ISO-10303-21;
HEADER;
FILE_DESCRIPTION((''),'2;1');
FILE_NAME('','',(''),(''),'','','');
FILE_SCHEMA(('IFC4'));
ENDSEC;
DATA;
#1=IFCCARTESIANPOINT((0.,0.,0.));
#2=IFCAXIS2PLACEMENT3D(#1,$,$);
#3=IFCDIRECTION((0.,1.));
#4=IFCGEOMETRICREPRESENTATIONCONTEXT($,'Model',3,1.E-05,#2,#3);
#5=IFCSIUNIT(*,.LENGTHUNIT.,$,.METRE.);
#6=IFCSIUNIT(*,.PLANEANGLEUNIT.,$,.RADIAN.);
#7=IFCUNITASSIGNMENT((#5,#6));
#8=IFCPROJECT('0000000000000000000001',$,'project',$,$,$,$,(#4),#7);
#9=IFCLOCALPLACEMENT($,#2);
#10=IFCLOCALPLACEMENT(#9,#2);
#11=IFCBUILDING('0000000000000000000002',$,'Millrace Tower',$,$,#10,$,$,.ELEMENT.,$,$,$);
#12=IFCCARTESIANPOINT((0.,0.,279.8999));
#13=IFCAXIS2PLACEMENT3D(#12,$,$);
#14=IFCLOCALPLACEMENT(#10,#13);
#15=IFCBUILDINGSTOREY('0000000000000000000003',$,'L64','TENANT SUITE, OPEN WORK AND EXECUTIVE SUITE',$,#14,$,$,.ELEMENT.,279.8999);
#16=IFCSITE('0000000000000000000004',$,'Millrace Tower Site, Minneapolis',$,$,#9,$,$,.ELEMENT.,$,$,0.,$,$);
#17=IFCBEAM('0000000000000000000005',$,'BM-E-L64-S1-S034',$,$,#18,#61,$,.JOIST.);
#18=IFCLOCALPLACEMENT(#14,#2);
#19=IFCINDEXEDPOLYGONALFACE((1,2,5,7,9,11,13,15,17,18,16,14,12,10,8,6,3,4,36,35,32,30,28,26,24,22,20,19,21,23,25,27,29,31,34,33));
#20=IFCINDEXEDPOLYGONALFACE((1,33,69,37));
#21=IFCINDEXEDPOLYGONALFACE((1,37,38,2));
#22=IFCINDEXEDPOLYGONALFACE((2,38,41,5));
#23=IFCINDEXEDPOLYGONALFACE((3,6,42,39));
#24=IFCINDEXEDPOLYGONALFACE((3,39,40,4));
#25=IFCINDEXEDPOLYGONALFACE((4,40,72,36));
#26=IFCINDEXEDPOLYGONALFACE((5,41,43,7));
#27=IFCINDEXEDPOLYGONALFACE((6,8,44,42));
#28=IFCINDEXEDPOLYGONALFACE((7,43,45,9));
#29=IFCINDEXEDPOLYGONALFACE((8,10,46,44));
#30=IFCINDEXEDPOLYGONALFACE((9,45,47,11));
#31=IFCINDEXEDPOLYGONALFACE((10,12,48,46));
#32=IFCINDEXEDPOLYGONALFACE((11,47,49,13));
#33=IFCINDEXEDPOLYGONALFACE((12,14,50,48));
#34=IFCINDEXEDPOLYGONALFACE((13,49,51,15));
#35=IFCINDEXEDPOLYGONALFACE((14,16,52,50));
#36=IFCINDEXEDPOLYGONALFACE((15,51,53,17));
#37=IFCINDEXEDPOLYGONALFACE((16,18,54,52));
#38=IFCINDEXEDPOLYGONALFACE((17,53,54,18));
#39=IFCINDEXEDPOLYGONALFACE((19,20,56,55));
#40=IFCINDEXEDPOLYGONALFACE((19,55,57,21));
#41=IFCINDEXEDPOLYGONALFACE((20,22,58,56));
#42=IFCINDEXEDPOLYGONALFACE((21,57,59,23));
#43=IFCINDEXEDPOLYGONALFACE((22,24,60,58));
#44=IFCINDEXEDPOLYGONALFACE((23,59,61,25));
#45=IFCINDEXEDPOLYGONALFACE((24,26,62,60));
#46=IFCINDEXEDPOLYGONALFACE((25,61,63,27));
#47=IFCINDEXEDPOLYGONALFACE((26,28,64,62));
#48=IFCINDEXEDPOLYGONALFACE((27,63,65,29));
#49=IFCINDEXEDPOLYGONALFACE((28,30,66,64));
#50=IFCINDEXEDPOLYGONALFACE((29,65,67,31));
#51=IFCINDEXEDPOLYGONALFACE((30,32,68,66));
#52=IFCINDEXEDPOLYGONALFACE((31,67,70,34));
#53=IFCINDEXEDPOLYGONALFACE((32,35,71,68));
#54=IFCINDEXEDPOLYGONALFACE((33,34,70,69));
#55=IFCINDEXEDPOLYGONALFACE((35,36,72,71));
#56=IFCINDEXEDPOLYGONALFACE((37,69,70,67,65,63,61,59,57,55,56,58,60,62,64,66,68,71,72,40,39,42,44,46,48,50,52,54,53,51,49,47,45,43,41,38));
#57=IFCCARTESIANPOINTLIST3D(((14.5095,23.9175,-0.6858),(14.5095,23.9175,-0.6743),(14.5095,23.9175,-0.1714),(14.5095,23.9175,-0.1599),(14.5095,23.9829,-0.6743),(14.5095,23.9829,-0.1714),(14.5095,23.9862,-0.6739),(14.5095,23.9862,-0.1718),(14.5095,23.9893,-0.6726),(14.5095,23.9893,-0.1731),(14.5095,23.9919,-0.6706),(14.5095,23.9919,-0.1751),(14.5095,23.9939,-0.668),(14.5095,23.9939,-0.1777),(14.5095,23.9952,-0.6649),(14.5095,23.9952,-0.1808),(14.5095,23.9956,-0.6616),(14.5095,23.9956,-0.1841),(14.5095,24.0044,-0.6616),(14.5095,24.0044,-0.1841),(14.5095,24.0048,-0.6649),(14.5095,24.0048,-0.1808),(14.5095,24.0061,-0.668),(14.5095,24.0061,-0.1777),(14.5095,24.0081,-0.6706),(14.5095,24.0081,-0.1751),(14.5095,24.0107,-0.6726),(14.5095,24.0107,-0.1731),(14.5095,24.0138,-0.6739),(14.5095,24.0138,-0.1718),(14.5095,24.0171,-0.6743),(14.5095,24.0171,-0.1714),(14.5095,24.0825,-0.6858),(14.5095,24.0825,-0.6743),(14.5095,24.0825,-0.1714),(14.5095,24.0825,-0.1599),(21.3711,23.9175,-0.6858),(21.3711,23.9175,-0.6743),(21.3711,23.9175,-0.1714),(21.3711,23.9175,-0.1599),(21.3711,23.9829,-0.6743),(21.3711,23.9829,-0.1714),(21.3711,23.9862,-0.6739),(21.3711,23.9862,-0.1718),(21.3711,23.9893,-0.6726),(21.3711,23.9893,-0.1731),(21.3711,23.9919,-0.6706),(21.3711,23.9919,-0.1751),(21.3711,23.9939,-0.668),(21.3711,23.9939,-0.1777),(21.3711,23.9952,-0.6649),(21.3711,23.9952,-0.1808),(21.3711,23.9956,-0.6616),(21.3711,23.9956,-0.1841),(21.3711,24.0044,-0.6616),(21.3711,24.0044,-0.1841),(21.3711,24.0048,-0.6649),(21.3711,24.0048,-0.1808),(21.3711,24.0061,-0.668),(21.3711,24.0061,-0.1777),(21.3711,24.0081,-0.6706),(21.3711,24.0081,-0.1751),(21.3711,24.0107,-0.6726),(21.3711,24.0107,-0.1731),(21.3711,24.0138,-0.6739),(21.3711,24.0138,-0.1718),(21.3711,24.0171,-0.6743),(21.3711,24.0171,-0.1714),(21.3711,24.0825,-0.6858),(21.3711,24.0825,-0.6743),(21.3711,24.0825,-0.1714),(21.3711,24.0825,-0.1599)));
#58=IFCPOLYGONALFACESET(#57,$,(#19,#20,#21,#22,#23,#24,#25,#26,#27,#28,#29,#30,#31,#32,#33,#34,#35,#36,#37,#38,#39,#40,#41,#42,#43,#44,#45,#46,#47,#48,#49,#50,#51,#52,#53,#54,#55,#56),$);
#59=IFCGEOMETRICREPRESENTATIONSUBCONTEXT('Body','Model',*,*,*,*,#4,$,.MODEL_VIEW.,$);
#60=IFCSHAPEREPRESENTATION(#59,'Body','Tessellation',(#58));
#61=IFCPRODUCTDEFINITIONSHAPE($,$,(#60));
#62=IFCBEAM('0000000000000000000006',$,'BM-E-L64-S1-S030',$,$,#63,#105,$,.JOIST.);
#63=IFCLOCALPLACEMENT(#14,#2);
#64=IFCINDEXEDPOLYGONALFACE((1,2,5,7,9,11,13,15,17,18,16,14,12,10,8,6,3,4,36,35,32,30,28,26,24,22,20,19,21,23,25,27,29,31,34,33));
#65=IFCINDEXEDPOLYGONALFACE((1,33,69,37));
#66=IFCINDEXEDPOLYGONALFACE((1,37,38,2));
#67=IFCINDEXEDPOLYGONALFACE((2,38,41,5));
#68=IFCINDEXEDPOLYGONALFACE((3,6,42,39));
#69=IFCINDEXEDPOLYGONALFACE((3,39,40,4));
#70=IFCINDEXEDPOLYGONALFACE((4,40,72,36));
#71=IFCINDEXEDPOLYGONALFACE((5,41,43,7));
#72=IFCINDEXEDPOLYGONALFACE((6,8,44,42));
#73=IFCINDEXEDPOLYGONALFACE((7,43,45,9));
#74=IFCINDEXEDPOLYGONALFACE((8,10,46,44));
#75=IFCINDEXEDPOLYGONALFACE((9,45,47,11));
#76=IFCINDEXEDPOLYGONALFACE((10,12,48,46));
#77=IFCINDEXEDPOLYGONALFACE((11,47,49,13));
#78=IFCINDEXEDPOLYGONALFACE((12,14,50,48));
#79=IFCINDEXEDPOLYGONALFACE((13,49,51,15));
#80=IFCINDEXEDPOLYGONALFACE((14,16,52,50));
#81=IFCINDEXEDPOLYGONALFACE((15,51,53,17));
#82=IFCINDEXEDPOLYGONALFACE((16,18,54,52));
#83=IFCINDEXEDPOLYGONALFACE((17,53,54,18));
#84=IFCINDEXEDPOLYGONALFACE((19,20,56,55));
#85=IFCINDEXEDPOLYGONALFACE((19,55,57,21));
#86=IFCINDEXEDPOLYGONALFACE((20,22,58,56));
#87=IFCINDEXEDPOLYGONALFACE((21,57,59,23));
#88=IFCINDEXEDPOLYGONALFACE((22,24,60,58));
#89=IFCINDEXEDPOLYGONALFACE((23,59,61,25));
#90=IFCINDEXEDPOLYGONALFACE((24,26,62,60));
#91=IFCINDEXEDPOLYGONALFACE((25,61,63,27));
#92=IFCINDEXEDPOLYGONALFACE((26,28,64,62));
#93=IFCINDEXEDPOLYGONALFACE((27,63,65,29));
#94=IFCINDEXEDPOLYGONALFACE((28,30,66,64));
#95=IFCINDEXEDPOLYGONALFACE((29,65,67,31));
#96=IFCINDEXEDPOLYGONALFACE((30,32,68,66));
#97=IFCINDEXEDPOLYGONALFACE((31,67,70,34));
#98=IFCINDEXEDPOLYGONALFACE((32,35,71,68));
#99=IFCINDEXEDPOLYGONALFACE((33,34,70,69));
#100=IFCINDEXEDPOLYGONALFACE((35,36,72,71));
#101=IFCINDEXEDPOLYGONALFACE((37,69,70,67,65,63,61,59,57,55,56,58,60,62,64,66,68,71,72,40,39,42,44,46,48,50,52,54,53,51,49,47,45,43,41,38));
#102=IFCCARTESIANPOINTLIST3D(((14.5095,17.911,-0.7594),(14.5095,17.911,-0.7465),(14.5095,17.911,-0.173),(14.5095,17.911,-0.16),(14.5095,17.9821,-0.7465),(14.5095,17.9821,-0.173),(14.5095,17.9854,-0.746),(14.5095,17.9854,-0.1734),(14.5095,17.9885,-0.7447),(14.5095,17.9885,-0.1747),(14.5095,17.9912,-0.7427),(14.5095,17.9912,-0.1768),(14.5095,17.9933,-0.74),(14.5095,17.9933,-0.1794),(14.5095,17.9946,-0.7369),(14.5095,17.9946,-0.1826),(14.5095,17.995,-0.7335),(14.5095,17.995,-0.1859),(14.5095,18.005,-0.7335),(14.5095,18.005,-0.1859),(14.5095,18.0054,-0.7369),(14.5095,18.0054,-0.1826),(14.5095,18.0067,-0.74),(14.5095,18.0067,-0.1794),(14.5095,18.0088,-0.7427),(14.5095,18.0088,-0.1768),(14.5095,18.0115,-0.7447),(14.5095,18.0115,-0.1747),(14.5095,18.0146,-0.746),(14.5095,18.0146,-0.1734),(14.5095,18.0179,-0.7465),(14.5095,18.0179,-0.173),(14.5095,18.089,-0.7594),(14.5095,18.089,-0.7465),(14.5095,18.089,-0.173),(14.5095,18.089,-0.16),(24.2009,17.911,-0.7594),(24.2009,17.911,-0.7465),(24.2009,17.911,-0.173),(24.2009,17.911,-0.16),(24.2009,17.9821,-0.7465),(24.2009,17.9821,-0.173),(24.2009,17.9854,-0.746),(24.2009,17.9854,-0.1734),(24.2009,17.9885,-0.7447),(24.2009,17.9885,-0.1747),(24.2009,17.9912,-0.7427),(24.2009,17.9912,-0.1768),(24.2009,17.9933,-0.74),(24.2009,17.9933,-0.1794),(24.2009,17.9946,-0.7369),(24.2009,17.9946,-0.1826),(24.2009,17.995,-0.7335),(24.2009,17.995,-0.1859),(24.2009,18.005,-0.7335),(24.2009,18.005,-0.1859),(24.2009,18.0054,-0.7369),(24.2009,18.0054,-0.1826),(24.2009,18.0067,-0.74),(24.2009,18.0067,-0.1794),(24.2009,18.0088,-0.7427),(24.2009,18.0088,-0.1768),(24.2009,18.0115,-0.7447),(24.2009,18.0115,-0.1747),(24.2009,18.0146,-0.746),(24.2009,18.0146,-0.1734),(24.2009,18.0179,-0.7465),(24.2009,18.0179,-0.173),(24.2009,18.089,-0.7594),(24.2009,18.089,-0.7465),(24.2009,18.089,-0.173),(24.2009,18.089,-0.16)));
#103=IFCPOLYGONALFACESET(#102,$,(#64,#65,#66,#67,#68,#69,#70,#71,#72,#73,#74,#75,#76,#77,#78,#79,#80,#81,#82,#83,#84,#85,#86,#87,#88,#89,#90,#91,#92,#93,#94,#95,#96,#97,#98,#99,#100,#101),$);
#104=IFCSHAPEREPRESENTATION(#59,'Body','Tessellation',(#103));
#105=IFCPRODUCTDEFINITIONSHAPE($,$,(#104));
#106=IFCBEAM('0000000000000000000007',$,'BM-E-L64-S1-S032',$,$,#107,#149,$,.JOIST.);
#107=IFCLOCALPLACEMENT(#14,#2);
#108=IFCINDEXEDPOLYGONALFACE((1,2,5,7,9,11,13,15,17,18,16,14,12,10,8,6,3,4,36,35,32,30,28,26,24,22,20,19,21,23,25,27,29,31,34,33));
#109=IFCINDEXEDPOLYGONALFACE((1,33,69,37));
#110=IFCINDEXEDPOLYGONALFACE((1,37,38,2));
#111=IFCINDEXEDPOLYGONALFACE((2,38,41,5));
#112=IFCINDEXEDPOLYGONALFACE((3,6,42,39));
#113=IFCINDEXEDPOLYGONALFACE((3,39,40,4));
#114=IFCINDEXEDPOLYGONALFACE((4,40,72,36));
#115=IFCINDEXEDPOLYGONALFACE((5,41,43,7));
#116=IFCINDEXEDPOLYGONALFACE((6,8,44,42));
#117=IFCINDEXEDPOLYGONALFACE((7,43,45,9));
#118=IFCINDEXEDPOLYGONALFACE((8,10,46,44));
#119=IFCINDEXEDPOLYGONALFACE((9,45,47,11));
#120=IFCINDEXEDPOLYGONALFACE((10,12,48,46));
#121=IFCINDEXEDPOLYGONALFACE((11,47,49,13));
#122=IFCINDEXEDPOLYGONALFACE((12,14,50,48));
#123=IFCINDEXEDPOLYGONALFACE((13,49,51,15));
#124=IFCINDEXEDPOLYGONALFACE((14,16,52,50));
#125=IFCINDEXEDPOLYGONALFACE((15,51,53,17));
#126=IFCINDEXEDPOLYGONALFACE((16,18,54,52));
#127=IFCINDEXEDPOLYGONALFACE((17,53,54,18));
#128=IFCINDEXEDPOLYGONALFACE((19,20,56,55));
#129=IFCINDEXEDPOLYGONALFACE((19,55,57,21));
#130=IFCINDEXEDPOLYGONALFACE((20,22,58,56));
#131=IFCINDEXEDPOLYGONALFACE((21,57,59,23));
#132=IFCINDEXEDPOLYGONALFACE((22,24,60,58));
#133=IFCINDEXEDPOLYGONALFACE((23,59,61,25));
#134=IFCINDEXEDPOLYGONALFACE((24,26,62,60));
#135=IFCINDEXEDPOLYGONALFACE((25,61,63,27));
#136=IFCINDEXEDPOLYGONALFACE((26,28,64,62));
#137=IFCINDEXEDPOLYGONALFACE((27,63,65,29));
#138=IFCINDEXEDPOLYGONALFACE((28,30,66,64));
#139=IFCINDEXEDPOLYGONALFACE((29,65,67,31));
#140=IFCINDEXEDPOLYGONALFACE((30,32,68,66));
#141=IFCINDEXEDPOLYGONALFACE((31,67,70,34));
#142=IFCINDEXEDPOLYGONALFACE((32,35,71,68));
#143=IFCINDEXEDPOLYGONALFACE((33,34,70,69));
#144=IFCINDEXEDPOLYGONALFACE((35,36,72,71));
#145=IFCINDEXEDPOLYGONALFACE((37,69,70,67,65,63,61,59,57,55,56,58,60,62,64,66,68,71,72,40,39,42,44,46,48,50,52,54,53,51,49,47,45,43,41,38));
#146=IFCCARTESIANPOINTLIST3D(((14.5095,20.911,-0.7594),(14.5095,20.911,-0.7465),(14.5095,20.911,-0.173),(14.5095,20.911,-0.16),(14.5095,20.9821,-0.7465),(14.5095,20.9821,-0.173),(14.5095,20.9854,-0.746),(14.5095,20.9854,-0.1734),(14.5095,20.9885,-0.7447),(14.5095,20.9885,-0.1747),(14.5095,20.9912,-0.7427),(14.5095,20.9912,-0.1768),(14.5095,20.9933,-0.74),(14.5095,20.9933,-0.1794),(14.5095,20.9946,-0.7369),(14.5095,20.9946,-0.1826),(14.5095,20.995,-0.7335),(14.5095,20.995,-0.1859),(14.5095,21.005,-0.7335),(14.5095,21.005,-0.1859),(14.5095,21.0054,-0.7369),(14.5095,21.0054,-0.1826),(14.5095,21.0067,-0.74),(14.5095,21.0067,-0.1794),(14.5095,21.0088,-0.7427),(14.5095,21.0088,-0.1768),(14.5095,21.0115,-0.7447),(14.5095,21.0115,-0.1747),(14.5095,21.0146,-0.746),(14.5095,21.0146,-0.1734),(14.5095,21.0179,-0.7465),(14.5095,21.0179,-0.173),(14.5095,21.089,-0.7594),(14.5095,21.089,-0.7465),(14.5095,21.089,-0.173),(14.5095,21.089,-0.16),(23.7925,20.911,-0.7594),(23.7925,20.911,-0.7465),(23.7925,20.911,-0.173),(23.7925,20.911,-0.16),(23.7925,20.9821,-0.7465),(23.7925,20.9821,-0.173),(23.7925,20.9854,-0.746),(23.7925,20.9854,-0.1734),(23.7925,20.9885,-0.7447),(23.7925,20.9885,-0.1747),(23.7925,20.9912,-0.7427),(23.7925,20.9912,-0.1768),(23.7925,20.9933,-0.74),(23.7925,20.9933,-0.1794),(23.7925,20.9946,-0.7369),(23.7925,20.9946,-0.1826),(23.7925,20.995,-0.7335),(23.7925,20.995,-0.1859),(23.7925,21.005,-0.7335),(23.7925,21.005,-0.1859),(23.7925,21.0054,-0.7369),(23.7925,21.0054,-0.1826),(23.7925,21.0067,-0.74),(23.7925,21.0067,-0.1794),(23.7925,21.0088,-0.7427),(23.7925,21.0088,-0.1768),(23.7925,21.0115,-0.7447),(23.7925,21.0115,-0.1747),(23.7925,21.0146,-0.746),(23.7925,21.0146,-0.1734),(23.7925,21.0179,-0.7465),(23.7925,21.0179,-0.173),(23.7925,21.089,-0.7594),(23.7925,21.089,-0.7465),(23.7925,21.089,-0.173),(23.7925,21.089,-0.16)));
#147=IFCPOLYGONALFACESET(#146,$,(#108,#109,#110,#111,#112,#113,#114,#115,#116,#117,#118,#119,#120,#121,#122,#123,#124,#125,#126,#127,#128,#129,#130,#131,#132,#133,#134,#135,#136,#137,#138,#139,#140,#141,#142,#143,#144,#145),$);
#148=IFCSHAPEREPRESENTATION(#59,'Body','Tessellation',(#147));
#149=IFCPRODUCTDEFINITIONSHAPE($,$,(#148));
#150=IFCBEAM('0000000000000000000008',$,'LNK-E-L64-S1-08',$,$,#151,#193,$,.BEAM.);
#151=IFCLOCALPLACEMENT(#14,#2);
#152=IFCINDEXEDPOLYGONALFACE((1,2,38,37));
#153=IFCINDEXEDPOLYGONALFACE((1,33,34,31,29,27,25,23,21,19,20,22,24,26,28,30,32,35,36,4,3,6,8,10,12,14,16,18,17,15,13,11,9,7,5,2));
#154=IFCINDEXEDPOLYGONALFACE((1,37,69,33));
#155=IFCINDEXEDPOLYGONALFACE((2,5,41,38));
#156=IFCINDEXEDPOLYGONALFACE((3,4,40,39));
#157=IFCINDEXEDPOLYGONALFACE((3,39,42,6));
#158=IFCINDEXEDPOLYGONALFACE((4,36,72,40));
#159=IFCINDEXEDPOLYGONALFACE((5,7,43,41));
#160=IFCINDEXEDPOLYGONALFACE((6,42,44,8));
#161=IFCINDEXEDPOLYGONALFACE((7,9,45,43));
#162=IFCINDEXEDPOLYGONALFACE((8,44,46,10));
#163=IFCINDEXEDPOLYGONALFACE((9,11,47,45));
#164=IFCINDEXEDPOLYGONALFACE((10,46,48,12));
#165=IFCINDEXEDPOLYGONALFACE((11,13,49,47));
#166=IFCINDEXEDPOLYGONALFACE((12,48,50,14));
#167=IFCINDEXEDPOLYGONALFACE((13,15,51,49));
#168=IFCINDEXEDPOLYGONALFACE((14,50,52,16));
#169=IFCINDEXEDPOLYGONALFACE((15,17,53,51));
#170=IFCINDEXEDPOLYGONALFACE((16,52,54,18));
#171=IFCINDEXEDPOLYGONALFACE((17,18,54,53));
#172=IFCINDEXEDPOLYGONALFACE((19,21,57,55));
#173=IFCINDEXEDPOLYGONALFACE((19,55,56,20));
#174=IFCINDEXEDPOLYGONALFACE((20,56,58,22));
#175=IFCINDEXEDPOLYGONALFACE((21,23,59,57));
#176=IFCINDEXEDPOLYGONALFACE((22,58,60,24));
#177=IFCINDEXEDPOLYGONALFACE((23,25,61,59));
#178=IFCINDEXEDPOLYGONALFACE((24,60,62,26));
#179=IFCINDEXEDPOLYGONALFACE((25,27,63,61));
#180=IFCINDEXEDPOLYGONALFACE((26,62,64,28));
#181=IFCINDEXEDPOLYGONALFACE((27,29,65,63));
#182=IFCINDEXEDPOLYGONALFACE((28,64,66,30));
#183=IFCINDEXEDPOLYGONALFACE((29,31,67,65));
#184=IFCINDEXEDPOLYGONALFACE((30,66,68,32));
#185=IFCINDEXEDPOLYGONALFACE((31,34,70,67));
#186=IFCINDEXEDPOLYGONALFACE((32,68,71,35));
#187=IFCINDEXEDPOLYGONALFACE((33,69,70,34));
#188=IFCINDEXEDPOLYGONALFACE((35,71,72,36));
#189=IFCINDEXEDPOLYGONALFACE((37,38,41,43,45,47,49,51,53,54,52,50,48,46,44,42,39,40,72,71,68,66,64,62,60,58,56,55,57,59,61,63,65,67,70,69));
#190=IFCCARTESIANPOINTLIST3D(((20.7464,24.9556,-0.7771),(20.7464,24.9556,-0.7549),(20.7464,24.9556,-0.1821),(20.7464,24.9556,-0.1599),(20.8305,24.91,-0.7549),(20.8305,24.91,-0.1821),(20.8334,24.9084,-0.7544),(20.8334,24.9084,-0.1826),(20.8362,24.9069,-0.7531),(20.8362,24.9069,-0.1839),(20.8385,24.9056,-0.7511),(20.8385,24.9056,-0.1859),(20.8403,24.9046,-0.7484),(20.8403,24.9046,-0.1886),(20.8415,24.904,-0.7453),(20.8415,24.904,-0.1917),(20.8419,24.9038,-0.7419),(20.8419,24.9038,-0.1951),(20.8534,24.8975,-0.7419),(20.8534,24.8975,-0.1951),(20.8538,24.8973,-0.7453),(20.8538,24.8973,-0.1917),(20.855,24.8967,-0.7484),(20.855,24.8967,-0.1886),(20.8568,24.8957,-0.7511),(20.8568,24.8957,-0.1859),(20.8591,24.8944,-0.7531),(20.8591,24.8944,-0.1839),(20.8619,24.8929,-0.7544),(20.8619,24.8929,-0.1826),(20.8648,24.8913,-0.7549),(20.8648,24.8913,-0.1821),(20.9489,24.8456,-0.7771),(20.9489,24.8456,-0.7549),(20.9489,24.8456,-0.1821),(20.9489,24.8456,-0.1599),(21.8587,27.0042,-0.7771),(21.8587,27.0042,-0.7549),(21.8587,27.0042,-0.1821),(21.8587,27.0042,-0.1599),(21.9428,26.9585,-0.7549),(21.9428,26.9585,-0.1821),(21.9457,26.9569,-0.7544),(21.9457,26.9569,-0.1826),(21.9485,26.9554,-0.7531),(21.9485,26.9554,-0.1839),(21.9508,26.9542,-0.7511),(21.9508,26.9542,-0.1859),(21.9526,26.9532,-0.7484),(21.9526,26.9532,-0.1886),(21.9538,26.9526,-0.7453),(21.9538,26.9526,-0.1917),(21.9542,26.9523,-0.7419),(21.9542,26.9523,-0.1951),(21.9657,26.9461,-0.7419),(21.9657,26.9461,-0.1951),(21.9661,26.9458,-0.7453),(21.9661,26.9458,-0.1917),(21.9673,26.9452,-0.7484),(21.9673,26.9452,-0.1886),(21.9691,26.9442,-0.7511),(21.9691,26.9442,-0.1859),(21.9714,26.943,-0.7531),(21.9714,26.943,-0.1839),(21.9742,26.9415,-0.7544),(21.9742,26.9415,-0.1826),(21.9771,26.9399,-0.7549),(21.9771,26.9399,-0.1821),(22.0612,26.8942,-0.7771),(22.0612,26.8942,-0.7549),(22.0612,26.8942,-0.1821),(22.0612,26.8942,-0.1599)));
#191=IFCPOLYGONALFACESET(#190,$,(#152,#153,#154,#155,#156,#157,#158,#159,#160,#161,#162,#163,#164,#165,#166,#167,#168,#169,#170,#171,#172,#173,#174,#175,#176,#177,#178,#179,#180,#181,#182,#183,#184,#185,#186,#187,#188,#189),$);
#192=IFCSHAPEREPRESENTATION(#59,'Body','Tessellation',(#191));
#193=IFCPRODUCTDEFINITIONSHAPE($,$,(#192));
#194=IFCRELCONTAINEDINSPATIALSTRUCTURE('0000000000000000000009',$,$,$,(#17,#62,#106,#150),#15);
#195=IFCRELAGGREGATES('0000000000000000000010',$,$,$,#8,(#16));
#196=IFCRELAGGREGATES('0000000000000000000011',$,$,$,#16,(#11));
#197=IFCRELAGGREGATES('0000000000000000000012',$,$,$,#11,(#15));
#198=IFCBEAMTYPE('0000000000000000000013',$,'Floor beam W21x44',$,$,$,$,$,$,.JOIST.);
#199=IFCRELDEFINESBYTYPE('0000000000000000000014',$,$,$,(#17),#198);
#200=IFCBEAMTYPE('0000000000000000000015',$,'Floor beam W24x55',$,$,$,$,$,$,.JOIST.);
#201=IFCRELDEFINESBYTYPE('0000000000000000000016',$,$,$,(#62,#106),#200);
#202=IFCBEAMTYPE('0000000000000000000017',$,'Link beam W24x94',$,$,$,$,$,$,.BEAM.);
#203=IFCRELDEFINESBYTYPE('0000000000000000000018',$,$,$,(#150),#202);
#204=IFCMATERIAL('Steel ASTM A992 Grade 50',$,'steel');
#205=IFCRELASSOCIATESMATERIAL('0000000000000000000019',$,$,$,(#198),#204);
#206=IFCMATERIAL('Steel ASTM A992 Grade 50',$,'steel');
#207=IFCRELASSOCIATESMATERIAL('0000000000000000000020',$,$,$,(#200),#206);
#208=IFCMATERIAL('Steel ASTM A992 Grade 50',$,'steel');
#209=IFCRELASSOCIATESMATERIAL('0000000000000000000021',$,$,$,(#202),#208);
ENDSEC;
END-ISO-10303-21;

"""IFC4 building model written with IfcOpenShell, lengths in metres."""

from ifc_helpers import new_model, si_unit, direction, frame, origin, origin_2d, place, context, subcontext, project, spatial, i_section, extrude, material, material_profile, profile_set, type_object, element, save


model = new_model("IFC4")

# Units and contexts
model_context = context("Model", 3, precision=1e-05, world=origin(), true_north=direction((0.0, 1.0)))
body_context = subcontext(model_context, "Body", "Model", "MODEL_VIEW")
ifc_project = project(units=[si_unit("LENGTHUNIT", "METRE"), si_unit("PLANEANGLEUNIT", "RADIAN")], contexts=[model_context])

# Site, building, storey
site_placement = place(None, origin())
site = spatial("IfcSite", under=ifc_project, at=site_placement, Name="Millrace Tower Site, Minneapolis", CompositionType="ELEMENT", RefElevation=0.0)
building_placement = place(site_placement, origin())
building = spatial("IfcBuilding", under=site, at=building_placement, Name="Millrace Tower", CompositionType="ELEMENT")
storey_placement = place(building_placement, frame((0.0, 0.0, 279.8999)))
storey = spatial("IfcBuildingStorey", under=building, at=storey_placement, Name="L64", Description="TENANT SUITE, OPEN WORK AND EXECUTIVE SUITE", CompositionType="ELEMENT", Elevation=279.8999)

# Beams
ifc_material_1 = material(Name="Steel ASTM A992 Grade 50", Category="steel")
ifc_material_profile_1 = material_profile(ifc_material_1, i_section(OverallWidth=0.165, OverallDepth=0.5259, WebThickness=0.0088, FlangeThickness=0.0115, FilletRadius=0.0127, at=origin_2d()))
ifc_profile_set_1 = profile_set([ifc_material_profile_1], Name="Steel ASTM A992 Grade 50")
beam_type_1 = type_object("IfcBeamType", Name="Floor beam W21x44", PredefinedType="JOIST", material=ifc_profile_set_1)
beam_1_placement = place(storey_placement, frame((14.5095, 24.0, -0.4229), z_axis=(1.0, 0.0, 0.0), x_axis=(0.0, 1.0, 0.0)))
element("IfcBeam", 1, at=beam_1_placement, inside=storey, type_object=beam_type_1, Name="BM-E-L64-S1-S034", PredefinedType="JOIST", context=body_context, shape_type="SweptSolid", body=[
    extrude(i_section(OverallWidth=0.165, OverallDepth=0.5259, WebThickness=0.0088, FlangeThickness=0.0115, FilletRadius=0.0127, at=origin_2d()), origin(), (0.0, 0.0, 1.0), 6.8616),
])
ifc_material_2 = material(Name="Steel ASTM A992 Grade 50", Category="steel")
ifc_material_profile_2 = material_profile(ifc_material_2, i_section(OverallWidth=0.178, OverallDepth=0.5994, WebThickness=0.01, FlangeThickness=0.0129, FilletRadius=0.0129, at=origin_2d()))
ifc_profile_set_2 = profile_set([ifc_material_profile_2], Name="Steel ASTM A992 Grade 50")
beam_type_2 = type_object("IfcBeamType", Name="Floor beam W24x55", PredefinedType="JOIST", material=ifc_profile_set_2)
beam_2_placement = place(storey_placement, frame((14.5095, 18.0, -0.4597), z_axis=(1.0, 0.0, 0.0), x_axis=(0.0, 1.0, 0.0)))
element("IfcBeam", 2, at=beam_2_placement, inside=storey, type_object=beam_type_2, Name="BM-E-L64-S1-S030", PredefinedType="JOIST", context=body_context, shape_type="SweptSolid", body=[
    extrude(i_section(OverallWidth=0.178, OverallDepth=0.5994, WebThickness=0.01, FlangeThickness=0.0129, FilletRadius=0.0129, at=origin_2d()), origin(), (0.0, 0.0, 1.0), 9.6914),
])
beam_3_placement = place(storey_placement, frame((14.5095, 21.0, -0.4597), z_axis=(1.0, 0.0, 0.0), x_axis=(0.0, 1.0, 0.0)))
element("IfcBeam", 3, at=beam_3_placement, inside=storey, type_object=beam_type_2, Name="BM-E-L64-S1-S032", PredefinedType="JOIST", context=body_context, shape_type="SweptSolid", body=[
    extrude(i_section(OverallWidth=0.178, OverallDepth=0.5994, WebThickness=0.01, FlangeThickness=0.0129, FilletRadius=0.0129, at=origin_2d()), origin(), (0.0, 0.0, 1.0), 9.283),
])
ifc_material_3 = material(Name="Steel ASTM A992 Grade 50", Category="steel")
ifc_material_profile_3 = material_profile(ifc_material_3, i_section(OverallWidth=0.2305, OverallDepth=0.6172, WebThickness=0.0132, FlangeThickness=0.0222, FilletRadius=0.0129, at=origin_2d()))
ifc_profile_set_3 = profile_set([ifc_material_profile_3], Name="Steel ASTM A992 Grade 50")
beam_type_3 = type_object("IfcBeamType", Name="Link beam W24x94", PredefinedType="BEAM", material=ifc_profile_set_3)
for number, where, z_axis, x_axis, name in (
    (4, (20.8477, 24.9006, -0.4685), (0.477164, 0.878815, 0.0), (-0.878815, 0.477164, 0.0), "LNK-E-L64-S1-08"),
):
    element("IfcBeam", number, at=place(storey_placement, frame(where, z_axis=z_axis, x_axis=x_axis)), inside=storey, type_object=beam_type_3, Name=name, PredefinedType="BEAM", context=body_context, shape_type="SweptSolid", body=[
        extrude(i_section(OverallWidth=0.2305, OverallDepth=0.6172, WebThickness=0.0132, FlangeThickness=0.0222, FilletRadius=0.0129, at=origin_2d()), origin(), (0.0, 0.0, 1.0), 2.3311),
    ])

save(model, "model.ifc")
